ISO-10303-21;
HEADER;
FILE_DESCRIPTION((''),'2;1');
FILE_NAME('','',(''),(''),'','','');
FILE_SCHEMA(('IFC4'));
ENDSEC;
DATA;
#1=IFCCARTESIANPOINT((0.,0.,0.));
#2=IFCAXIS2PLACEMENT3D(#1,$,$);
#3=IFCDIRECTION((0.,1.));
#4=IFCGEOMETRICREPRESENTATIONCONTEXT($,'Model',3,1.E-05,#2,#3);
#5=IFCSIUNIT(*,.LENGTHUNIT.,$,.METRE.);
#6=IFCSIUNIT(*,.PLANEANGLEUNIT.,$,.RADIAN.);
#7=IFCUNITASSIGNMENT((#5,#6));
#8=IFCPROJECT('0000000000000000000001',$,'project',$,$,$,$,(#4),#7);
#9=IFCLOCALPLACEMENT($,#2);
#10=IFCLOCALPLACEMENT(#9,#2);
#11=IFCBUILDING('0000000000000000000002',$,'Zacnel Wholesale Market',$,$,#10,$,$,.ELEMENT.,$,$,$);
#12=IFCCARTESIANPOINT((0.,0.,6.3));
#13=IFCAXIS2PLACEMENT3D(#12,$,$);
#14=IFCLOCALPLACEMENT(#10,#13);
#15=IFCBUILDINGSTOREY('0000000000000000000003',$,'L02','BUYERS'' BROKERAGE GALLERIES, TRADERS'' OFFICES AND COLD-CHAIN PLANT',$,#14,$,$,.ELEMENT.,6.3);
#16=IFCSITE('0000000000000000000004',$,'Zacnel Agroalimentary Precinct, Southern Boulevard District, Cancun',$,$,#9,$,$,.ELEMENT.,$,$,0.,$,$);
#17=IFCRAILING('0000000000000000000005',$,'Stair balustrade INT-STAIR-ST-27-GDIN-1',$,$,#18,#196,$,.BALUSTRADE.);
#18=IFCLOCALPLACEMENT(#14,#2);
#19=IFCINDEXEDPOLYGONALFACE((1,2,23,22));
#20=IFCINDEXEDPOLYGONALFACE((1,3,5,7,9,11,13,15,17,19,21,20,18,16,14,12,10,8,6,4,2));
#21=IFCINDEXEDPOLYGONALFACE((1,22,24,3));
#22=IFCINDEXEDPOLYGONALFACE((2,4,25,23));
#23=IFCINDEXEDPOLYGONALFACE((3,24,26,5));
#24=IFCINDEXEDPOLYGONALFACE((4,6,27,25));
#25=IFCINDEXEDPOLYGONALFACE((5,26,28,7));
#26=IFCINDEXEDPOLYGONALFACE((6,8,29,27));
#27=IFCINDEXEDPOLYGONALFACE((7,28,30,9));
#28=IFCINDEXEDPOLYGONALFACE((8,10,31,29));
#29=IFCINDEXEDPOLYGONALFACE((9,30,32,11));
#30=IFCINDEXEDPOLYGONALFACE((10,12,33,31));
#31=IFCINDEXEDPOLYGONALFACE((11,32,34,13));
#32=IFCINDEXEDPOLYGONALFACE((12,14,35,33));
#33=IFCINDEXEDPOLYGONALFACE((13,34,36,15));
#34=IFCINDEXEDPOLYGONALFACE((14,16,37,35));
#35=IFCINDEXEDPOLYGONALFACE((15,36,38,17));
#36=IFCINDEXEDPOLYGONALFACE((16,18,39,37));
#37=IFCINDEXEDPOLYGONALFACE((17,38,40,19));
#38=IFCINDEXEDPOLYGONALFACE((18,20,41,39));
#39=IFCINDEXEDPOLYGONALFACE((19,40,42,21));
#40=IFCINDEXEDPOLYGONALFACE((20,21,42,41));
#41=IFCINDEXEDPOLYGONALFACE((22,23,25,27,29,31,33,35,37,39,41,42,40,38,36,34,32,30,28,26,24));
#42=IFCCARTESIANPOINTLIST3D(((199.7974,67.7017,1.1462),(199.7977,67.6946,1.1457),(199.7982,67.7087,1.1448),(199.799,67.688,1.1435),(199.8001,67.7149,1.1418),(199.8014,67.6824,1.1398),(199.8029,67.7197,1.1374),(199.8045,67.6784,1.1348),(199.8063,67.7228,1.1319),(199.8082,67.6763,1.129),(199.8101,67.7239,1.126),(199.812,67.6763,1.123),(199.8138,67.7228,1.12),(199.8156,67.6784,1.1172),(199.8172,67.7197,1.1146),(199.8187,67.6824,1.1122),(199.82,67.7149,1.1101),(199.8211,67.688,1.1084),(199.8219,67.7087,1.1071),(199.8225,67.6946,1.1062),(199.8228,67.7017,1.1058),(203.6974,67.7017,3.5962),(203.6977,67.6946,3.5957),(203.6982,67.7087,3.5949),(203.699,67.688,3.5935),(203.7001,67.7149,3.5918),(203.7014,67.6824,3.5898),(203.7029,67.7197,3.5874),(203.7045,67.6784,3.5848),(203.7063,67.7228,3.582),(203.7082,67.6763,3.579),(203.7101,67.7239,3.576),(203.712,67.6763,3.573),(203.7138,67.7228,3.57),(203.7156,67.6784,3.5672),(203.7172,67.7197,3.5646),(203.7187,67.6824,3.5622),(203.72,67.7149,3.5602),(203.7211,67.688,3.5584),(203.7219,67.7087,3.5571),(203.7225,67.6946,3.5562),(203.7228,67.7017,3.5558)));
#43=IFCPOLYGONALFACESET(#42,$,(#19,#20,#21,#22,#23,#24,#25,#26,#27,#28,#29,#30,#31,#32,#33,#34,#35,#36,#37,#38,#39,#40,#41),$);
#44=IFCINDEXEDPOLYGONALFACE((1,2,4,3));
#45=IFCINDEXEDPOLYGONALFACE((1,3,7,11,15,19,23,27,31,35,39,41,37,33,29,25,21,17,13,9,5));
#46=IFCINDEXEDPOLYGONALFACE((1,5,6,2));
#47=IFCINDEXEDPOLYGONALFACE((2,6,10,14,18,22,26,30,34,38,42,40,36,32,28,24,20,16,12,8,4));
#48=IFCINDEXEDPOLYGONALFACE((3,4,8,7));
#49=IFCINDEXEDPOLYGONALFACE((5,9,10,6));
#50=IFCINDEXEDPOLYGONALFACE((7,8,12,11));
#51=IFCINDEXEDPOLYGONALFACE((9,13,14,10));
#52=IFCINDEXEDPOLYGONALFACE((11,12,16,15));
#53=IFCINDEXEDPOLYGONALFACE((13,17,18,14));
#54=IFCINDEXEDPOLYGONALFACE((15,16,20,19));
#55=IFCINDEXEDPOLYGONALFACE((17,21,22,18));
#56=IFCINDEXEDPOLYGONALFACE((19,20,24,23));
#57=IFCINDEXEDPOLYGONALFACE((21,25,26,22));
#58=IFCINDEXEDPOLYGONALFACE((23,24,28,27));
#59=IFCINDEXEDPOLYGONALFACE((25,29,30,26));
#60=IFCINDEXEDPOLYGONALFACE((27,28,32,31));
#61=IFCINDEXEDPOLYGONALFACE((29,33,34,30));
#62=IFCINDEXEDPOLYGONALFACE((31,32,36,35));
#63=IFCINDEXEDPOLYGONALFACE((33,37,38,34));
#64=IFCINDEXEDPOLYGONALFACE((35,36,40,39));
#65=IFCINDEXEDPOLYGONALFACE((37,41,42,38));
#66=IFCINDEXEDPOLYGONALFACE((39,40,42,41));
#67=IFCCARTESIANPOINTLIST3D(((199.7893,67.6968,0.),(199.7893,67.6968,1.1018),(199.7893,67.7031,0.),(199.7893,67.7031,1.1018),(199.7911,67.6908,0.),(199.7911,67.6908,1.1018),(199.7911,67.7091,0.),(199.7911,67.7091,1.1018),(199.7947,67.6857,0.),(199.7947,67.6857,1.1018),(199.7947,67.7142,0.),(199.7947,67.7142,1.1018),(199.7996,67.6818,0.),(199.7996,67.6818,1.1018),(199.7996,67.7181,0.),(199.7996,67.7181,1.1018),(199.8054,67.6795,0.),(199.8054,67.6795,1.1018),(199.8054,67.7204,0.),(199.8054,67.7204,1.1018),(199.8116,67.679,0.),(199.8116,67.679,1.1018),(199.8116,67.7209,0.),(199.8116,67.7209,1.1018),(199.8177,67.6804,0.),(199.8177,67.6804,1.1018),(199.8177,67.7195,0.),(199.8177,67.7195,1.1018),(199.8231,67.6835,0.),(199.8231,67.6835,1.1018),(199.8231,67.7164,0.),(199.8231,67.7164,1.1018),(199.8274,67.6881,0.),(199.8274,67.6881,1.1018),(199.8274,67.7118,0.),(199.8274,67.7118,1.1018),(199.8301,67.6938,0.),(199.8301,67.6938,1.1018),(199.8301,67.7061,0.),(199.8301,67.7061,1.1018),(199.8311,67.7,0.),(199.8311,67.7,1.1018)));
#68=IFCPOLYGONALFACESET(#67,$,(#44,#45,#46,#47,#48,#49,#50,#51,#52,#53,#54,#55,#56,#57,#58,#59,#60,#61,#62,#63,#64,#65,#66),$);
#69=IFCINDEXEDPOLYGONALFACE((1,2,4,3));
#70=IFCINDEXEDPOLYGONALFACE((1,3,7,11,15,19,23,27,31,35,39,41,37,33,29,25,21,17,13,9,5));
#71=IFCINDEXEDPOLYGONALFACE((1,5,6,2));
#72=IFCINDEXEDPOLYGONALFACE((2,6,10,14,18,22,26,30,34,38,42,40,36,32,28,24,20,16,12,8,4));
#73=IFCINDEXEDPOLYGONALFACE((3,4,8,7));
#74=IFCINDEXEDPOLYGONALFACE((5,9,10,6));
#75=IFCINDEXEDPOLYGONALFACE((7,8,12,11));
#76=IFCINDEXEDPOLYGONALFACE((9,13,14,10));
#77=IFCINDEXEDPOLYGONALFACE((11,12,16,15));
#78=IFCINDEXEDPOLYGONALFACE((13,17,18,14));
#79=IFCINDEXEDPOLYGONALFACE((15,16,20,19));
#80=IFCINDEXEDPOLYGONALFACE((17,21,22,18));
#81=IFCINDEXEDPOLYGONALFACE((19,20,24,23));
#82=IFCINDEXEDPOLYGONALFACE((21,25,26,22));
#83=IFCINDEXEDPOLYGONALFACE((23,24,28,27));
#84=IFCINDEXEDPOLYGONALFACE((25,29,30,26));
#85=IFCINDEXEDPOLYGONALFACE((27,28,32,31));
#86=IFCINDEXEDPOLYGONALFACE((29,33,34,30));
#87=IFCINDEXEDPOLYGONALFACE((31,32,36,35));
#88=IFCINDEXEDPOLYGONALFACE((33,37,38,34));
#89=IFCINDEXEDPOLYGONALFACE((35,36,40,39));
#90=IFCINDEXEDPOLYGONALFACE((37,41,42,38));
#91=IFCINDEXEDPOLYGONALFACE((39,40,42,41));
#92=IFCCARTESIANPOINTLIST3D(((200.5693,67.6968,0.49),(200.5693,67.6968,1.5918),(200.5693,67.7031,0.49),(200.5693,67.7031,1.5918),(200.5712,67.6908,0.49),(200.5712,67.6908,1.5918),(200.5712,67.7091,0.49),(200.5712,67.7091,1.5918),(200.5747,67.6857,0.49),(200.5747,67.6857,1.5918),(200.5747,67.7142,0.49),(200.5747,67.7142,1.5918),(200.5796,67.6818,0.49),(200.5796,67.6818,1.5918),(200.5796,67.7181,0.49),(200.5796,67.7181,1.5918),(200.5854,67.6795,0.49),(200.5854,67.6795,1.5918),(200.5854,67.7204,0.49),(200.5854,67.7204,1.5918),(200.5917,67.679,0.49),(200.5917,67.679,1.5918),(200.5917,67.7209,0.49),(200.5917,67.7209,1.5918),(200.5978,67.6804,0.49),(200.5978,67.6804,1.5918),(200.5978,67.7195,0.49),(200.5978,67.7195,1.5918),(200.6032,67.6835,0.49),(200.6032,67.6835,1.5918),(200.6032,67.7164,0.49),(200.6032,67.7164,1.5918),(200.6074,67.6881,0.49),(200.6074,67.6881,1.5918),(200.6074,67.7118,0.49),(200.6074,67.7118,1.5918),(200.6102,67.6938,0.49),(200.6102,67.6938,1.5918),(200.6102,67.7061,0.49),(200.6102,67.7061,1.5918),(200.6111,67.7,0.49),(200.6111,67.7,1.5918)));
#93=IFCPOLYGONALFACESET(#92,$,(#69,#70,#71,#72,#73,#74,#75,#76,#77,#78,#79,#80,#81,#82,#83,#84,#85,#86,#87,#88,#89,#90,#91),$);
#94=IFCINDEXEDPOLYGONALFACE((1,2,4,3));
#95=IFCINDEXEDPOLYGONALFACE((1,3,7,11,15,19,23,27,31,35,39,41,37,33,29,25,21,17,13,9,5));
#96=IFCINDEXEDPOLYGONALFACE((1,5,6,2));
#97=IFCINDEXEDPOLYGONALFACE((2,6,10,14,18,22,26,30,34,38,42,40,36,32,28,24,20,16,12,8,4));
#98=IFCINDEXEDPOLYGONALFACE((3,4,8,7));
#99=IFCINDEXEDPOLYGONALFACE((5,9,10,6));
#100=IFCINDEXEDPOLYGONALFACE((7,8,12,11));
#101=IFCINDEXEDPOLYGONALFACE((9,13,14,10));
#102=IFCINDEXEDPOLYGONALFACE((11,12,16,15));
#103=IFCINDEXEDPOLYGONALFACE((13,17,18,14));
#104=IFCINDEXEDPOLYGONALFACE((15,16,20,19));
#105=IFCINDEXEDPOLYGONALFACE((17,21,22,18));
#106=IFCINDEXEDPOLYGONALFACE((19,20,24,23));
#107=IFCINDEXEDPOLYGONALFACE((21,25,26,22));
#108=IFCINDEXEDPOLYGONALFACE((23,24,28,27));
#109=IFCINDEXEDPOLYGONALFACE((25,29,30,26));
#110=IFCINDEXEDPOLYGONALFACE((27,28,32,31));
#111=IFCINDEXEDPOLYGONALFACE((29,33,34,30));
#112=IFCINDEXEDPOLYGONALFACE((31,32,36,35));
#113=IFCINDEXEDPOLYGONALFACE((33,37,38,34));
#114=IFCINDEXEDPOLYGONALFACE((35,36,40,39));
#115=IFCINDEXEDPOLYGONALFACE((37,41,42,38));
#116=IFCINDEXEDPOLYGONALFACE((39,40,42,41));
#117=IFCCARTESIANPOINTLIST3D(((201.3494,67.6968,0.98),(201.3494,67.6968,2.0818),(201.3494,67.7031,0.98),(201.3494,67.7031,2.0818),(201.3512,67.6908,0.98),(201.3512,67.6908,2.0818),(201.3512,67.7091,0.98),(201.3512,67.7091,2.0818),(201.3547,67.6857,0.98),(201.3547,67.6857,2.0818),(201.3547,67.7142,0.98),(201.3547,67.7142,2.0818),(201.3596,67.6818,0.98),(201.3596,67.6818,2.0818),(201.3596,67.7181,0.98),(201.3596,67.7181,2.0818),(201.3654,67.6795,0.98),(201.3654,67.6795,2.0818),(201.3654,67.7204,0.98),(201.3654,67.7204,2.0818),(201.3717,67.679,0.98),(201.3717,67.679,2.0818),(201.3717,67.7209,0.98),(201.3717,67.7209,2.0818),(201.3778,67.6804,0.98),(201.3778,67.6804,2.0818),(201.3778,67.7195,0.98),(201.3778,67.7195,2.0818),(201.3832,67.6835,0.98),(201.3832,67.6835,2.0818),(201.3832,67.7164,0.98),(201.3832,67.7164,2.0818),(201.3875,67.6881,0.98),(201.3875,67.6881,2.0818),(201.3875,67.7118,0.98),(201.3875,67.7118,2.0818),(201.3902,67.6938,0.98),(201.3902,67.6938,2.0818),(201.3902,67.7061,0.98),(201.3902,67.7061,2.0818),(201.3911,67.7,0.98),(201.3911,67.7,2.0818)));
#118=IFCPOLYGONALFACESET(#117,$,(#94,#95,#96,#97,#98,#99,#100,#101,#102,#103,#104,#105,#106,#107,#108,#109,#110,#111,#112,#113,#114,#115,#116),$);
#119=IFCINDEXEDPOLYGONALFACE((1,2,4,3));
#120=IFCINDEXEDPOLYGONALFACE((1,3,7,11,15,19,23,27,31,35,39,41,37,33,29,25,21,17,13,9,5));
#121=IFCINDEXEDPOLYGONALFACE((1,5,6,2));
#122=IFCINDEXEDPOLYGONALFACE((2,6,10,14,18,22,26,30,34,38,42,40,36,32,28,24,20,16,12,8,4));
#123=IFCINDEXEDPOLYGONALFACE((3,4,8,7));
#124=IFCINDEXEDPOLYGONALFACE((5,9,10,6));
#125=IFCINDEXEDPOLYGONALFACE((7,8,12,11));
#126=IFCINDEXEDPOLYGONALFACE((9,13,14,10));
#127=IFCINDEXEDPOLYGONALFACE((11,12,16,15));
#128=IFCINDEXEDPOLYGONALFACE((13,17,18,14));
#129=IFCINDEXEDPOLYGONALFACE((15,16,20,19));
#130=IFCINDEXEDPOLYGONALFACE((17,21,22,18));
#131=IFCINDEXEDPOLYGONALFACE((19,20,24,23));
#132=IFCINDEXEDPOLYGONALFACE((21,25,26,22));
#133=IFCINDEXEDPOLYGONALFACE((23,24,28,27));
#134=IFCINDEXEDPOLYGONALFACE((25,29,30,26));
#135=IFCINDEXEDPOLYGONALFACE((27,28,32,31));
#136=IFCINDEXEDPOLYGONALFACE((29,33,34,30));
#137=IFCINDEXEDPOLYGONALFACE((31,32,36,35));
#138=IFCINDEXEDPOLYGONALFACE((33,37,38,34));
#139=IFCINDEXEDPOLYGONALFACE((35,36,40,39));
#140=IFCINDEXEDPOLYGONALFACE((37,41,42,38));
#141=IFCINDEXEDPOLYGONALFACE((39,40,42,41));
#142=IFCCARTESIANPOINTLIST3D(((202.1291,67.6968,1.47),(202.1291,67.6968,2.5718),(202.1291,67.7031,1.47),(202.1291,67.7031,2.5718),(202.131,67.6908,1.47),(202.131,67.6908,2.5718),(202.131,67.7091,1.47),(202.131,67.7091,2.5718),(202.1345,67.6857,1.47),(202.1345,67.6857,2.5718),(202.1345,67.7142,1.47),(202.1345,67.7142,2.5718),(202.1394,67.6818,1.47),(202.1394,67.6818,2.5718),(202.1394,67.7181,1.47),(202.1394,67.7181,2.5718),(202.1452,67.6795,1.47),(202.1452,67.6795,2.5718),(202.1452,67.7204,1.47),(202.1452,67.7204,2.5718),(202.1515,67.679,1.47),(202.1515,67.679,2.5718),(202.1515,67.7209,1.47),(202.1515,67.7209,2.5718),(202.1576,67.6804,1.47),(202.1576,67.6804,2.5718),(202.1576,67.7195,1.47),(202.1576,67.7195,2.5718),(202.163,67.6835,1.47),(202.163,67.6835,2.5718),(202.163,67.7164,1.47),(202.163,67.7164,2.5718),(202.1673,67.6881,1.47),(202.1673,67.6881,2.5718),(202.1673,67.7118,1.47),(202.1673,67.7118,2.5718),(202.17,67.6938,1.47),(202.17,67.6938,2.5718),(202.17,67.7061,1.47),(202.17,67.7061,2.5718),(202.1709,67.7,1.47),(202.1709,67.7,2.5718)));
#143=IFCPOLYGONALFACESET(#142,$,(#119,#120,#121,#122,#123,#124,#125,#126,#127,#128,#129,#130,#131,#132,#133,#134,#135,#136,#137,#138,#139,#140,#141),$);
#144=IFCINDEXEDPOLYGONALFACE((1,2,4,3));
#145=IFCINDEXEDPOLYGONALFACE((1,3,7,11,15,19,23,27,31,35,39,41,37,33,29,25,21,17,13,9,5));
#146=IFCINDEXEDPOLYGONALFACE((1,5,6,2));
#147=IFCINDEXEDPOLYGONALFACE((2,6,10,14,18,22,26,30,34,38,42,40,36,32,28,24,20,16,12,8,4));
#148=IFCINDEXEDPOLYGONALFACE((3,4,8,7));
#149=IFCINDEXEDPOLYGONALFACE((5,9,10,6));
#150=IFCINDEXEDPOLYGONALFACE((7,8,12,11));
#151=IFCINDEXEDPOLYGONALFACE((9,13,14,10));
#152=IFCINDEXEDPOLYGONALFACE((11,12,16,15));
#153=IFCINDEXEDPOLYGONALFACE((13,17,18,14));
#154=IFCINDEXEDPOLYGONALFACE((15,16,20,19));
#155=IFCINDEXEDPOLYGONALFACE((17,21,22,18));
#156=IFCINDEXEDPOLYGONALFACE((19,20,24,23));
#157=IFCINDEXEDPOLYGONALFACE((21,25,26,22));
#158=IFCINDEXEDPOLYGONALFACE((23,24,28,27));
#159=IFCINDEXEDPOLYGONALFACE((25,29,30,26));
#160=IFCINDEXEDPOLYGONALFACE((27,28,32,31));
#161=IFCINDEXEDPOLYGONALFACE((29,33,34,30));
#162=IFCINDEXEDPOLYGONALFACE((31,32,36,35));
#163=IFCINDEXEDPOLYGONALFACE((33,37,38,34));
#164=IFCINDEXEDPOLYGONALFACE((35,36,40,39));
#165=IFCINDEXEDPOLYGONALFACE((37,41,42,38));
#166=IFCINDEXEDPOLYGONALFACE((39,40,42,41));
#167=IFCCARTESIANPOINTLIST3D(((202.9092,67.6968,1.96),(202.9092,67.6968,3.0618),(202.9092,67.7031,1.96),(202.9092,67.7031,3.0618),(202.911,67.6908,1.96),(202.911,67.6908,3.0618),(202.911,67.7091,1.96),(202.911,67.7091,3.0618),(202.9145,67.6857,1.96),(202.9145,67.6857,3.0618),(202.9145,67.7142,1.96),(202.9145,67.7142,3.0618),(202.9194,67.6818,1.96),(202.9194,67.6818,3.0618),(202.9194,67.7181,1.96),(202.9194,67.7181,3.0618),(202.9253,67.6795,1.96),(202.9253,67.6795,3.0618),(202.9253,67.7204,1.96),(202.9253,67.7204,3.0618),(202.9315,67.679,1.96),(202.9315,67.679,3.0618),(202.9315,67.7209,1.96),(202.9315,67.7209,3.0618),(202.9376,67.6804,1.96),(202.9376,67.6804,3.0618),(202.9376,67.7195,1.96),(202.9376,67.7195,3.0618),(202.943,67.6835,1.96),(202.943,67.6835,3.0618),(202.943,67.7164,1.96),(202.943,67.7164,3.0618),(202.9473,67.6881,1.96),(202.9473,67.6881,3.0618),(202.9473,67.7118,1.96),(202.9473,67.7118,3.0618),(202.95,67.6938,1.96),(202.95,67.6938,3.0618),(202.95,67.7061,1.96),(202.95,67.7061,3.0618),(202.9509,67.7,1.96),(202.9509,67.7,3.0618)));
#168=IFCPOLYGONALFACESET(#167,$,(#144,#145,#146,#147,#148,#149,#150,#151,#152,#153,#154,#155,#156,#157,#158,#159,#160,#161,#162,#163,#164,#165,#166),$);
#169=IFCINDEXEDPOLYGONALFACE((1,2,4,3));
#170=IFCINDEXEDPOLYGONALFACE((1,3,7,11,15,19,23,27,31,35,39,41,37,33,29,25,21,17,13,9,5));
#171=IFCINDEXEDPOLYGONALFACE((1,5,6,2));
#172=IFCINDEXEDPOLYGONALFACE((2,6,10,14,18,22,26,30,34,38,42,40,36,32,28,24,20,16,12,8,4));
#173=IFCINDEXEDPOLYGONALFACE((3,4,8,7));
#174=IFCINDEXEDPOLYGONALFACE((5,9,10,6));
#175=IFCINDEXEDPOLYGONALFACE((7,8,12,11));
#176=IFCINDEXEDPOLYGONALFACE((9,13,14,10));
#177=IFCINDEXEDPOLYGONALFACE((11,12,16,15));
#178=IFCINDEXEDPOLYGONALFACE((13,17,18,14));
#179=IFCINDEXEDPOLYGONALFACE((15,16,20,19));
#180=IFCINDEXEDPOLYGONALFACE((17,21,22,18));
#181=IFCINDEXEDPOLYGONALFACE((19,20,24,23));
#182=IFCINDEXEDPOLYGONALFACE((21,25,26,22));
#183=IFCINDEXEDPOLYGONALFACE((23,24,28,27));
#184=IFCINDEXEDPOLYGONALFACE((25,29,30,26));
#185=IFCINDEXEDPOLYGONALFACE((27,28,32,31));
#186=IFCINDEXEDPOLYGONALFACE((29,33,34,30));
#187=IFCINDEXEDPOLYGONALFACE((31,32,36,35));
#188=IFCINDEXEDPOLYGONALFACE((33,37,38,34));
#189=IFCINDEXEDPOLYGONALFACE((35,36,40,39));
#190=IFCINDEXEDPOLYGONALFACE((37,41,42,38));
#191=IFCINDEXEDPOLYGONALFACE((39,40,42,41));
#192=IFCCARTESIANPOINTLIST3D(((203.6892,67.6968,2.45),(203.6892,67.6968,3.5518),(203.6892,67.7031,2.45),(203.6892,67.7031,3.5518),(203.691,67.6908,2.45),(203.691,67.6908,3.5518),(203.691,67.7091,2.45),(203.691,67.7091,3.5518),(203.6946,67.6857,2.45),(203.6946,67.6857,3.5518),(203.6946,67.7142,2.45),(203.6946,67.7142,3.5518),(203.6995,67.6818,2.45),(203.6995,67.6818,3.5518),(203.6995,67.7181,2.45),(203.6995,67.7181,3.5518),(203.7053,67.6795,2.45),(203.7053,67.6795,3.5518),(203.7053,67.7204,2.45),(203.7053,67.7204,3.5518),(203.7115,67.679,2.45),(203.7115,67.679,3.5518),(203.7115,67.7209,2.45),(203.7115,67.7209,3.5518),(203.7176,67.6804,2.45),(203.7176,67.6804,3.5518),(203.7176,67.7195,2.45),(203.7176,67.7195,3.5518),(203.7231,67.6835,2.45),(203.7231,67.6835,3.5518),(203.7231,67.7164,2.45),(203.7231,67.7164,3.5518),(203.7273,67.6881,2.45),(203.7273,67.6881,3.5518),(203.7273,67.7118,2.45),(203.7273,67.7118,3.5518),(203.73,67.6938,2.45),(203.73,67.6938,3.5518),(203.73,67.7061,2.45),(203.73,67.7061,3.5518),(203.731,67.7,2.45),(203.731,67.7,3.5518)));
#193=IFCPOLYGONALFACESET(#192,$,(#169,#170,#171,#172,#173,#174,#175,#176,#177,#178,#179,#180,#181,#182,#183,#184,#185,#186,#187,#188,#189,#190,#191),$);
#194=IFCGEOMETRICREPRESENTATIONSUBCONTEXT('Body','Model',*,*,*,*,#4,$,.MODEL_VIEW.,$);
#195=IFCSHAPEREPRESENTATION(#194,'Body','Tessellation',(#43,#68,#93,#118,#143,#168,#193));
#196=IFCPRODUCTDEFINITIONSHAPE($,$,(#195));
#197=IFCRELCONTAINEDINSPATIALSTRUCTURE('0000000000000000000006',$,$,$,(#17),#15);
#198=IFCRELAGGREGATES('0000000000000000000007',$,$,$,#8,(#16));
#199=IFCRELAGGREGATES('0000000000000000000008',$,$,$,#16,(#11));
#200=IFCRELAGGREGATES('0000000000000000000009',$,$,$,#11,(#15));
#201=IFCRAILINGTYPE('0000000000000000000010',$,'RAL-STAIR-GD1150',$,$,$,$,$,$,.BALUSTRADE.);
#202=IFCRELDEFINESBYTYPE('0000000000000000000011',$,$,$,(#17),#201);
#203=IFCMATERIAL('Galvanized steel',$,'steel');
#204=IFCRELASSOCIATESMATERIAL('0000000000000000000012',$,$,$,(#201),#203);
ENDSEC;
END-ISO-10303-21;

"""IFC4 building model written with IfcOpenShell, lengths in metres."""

from ifc_helpers import new_model, si_unit, direction, frame, origin, origin_2d, place, context, subcontext, project, spatial, circle, extrude, material, type_object, element, save


model = new_model("IFC4")

# Units and contexts
model_context = context("Model", 3, precision=1e-05, world=origin(), true_north=direction((0.0, 1.0)))
body_context = subcontext(model_context, "Body", "Model", "MODEL_VIEW")
ifc_project = project(units=[si_unit("LENGTHUNIT", "METRE"), si_unit("PLANEANGLEUNIT", "RADIAN")], contexts=[model_context])

# Site, building, storey
site_placement = place(None, origin())
site = spatial("IfcSite", under=ifc_project, at=site_placement, Name="Zacnel Agroalimentary Precinct, Southern Boulevard District, Cancun", CompositionType="ELEMENT", RefElevation=0.0)
building_placement = place(site_placement, origin())
building = spatial("IfcBuilding", under=site, at=building_placement, Name="Zacnel Wholesale Market", CompositionType="ELEMENT")
storey_placement = place(building_placement, frame((0.0, 0.0, 6.3)))
storey = spatial("IfcBuildingStorey", under=building, at=storey_placement, Name="L02", Description="BUYERS' BROKERAGE GALLERIES, TRADERS' OFFICES AND COLD-CHAIN PLANT", CompositionType="ELEMENT", Elevation=6.3)

# Railing
ifc_material_1 = material(Name="Galvanized steel", Category="steel")
railing_type_1 = type_object("IfcRailingType", Name="RAL-STAIR-GD1150", PredefinedType="BALUSTRADE", material=ifc_material_1)
railing_1_placement = place(storey_placement, frame((199.8101, 67.7, 0.0)))
element("IfcRailing", 1, at=railing_1_placement, inside=storey, type_object=railing_type_1, Name="Stair balustrade INT-STAIR-ST-27-GDIN-1", PredefinedType="BALUSTRADE", context=body_context, shape_type="SweptSolid", body=[
    extrude(circle(Radius=0.0239, at=origin_2d()), frame((0.0, 0.0, 1.126), z_axis=(0.846775, 0.0, 0.531951), x_axis=(0.0, 1.0, 0.0)), (0.0, 0.0, 1.0), 4.6057),
    extrude(circle(Radius=0.021, at=origin_2d()), origin(), (0.0, 0.0, 1.0), 1.1018),
    extrude(circle(Radius=0.021, at=origin_2d()), frame((0.78, 0.0, 0.49)), (0.0, 0.0, 1.0), 1.1018),
    extrude(circle(Radius=0.021, at=origin_2d()), frame((1.5601, 0.0, 0.98)), (0.0, 0.0, 1.0), 1.1018),
    extrude(circle(Radius=0.021, at=origin_2d()), frame((2.3398, 0.0, 1.47)), (0.0, 0.0, 1.0), 1.1018),
    extrude(circle(Radius=0.021, at=origin_2d()), frame((3.1199, 0.0, 1.96)), (0.0, 0.0, 1.0), 1.1018),
    extrude(circle(Radius=0.021, at=origin_2d()), frame((3.8999, 0.0, 2.45)), (0.0, 0.0, 1.0), 1.1018),
])

save(model, "model.ifc")
